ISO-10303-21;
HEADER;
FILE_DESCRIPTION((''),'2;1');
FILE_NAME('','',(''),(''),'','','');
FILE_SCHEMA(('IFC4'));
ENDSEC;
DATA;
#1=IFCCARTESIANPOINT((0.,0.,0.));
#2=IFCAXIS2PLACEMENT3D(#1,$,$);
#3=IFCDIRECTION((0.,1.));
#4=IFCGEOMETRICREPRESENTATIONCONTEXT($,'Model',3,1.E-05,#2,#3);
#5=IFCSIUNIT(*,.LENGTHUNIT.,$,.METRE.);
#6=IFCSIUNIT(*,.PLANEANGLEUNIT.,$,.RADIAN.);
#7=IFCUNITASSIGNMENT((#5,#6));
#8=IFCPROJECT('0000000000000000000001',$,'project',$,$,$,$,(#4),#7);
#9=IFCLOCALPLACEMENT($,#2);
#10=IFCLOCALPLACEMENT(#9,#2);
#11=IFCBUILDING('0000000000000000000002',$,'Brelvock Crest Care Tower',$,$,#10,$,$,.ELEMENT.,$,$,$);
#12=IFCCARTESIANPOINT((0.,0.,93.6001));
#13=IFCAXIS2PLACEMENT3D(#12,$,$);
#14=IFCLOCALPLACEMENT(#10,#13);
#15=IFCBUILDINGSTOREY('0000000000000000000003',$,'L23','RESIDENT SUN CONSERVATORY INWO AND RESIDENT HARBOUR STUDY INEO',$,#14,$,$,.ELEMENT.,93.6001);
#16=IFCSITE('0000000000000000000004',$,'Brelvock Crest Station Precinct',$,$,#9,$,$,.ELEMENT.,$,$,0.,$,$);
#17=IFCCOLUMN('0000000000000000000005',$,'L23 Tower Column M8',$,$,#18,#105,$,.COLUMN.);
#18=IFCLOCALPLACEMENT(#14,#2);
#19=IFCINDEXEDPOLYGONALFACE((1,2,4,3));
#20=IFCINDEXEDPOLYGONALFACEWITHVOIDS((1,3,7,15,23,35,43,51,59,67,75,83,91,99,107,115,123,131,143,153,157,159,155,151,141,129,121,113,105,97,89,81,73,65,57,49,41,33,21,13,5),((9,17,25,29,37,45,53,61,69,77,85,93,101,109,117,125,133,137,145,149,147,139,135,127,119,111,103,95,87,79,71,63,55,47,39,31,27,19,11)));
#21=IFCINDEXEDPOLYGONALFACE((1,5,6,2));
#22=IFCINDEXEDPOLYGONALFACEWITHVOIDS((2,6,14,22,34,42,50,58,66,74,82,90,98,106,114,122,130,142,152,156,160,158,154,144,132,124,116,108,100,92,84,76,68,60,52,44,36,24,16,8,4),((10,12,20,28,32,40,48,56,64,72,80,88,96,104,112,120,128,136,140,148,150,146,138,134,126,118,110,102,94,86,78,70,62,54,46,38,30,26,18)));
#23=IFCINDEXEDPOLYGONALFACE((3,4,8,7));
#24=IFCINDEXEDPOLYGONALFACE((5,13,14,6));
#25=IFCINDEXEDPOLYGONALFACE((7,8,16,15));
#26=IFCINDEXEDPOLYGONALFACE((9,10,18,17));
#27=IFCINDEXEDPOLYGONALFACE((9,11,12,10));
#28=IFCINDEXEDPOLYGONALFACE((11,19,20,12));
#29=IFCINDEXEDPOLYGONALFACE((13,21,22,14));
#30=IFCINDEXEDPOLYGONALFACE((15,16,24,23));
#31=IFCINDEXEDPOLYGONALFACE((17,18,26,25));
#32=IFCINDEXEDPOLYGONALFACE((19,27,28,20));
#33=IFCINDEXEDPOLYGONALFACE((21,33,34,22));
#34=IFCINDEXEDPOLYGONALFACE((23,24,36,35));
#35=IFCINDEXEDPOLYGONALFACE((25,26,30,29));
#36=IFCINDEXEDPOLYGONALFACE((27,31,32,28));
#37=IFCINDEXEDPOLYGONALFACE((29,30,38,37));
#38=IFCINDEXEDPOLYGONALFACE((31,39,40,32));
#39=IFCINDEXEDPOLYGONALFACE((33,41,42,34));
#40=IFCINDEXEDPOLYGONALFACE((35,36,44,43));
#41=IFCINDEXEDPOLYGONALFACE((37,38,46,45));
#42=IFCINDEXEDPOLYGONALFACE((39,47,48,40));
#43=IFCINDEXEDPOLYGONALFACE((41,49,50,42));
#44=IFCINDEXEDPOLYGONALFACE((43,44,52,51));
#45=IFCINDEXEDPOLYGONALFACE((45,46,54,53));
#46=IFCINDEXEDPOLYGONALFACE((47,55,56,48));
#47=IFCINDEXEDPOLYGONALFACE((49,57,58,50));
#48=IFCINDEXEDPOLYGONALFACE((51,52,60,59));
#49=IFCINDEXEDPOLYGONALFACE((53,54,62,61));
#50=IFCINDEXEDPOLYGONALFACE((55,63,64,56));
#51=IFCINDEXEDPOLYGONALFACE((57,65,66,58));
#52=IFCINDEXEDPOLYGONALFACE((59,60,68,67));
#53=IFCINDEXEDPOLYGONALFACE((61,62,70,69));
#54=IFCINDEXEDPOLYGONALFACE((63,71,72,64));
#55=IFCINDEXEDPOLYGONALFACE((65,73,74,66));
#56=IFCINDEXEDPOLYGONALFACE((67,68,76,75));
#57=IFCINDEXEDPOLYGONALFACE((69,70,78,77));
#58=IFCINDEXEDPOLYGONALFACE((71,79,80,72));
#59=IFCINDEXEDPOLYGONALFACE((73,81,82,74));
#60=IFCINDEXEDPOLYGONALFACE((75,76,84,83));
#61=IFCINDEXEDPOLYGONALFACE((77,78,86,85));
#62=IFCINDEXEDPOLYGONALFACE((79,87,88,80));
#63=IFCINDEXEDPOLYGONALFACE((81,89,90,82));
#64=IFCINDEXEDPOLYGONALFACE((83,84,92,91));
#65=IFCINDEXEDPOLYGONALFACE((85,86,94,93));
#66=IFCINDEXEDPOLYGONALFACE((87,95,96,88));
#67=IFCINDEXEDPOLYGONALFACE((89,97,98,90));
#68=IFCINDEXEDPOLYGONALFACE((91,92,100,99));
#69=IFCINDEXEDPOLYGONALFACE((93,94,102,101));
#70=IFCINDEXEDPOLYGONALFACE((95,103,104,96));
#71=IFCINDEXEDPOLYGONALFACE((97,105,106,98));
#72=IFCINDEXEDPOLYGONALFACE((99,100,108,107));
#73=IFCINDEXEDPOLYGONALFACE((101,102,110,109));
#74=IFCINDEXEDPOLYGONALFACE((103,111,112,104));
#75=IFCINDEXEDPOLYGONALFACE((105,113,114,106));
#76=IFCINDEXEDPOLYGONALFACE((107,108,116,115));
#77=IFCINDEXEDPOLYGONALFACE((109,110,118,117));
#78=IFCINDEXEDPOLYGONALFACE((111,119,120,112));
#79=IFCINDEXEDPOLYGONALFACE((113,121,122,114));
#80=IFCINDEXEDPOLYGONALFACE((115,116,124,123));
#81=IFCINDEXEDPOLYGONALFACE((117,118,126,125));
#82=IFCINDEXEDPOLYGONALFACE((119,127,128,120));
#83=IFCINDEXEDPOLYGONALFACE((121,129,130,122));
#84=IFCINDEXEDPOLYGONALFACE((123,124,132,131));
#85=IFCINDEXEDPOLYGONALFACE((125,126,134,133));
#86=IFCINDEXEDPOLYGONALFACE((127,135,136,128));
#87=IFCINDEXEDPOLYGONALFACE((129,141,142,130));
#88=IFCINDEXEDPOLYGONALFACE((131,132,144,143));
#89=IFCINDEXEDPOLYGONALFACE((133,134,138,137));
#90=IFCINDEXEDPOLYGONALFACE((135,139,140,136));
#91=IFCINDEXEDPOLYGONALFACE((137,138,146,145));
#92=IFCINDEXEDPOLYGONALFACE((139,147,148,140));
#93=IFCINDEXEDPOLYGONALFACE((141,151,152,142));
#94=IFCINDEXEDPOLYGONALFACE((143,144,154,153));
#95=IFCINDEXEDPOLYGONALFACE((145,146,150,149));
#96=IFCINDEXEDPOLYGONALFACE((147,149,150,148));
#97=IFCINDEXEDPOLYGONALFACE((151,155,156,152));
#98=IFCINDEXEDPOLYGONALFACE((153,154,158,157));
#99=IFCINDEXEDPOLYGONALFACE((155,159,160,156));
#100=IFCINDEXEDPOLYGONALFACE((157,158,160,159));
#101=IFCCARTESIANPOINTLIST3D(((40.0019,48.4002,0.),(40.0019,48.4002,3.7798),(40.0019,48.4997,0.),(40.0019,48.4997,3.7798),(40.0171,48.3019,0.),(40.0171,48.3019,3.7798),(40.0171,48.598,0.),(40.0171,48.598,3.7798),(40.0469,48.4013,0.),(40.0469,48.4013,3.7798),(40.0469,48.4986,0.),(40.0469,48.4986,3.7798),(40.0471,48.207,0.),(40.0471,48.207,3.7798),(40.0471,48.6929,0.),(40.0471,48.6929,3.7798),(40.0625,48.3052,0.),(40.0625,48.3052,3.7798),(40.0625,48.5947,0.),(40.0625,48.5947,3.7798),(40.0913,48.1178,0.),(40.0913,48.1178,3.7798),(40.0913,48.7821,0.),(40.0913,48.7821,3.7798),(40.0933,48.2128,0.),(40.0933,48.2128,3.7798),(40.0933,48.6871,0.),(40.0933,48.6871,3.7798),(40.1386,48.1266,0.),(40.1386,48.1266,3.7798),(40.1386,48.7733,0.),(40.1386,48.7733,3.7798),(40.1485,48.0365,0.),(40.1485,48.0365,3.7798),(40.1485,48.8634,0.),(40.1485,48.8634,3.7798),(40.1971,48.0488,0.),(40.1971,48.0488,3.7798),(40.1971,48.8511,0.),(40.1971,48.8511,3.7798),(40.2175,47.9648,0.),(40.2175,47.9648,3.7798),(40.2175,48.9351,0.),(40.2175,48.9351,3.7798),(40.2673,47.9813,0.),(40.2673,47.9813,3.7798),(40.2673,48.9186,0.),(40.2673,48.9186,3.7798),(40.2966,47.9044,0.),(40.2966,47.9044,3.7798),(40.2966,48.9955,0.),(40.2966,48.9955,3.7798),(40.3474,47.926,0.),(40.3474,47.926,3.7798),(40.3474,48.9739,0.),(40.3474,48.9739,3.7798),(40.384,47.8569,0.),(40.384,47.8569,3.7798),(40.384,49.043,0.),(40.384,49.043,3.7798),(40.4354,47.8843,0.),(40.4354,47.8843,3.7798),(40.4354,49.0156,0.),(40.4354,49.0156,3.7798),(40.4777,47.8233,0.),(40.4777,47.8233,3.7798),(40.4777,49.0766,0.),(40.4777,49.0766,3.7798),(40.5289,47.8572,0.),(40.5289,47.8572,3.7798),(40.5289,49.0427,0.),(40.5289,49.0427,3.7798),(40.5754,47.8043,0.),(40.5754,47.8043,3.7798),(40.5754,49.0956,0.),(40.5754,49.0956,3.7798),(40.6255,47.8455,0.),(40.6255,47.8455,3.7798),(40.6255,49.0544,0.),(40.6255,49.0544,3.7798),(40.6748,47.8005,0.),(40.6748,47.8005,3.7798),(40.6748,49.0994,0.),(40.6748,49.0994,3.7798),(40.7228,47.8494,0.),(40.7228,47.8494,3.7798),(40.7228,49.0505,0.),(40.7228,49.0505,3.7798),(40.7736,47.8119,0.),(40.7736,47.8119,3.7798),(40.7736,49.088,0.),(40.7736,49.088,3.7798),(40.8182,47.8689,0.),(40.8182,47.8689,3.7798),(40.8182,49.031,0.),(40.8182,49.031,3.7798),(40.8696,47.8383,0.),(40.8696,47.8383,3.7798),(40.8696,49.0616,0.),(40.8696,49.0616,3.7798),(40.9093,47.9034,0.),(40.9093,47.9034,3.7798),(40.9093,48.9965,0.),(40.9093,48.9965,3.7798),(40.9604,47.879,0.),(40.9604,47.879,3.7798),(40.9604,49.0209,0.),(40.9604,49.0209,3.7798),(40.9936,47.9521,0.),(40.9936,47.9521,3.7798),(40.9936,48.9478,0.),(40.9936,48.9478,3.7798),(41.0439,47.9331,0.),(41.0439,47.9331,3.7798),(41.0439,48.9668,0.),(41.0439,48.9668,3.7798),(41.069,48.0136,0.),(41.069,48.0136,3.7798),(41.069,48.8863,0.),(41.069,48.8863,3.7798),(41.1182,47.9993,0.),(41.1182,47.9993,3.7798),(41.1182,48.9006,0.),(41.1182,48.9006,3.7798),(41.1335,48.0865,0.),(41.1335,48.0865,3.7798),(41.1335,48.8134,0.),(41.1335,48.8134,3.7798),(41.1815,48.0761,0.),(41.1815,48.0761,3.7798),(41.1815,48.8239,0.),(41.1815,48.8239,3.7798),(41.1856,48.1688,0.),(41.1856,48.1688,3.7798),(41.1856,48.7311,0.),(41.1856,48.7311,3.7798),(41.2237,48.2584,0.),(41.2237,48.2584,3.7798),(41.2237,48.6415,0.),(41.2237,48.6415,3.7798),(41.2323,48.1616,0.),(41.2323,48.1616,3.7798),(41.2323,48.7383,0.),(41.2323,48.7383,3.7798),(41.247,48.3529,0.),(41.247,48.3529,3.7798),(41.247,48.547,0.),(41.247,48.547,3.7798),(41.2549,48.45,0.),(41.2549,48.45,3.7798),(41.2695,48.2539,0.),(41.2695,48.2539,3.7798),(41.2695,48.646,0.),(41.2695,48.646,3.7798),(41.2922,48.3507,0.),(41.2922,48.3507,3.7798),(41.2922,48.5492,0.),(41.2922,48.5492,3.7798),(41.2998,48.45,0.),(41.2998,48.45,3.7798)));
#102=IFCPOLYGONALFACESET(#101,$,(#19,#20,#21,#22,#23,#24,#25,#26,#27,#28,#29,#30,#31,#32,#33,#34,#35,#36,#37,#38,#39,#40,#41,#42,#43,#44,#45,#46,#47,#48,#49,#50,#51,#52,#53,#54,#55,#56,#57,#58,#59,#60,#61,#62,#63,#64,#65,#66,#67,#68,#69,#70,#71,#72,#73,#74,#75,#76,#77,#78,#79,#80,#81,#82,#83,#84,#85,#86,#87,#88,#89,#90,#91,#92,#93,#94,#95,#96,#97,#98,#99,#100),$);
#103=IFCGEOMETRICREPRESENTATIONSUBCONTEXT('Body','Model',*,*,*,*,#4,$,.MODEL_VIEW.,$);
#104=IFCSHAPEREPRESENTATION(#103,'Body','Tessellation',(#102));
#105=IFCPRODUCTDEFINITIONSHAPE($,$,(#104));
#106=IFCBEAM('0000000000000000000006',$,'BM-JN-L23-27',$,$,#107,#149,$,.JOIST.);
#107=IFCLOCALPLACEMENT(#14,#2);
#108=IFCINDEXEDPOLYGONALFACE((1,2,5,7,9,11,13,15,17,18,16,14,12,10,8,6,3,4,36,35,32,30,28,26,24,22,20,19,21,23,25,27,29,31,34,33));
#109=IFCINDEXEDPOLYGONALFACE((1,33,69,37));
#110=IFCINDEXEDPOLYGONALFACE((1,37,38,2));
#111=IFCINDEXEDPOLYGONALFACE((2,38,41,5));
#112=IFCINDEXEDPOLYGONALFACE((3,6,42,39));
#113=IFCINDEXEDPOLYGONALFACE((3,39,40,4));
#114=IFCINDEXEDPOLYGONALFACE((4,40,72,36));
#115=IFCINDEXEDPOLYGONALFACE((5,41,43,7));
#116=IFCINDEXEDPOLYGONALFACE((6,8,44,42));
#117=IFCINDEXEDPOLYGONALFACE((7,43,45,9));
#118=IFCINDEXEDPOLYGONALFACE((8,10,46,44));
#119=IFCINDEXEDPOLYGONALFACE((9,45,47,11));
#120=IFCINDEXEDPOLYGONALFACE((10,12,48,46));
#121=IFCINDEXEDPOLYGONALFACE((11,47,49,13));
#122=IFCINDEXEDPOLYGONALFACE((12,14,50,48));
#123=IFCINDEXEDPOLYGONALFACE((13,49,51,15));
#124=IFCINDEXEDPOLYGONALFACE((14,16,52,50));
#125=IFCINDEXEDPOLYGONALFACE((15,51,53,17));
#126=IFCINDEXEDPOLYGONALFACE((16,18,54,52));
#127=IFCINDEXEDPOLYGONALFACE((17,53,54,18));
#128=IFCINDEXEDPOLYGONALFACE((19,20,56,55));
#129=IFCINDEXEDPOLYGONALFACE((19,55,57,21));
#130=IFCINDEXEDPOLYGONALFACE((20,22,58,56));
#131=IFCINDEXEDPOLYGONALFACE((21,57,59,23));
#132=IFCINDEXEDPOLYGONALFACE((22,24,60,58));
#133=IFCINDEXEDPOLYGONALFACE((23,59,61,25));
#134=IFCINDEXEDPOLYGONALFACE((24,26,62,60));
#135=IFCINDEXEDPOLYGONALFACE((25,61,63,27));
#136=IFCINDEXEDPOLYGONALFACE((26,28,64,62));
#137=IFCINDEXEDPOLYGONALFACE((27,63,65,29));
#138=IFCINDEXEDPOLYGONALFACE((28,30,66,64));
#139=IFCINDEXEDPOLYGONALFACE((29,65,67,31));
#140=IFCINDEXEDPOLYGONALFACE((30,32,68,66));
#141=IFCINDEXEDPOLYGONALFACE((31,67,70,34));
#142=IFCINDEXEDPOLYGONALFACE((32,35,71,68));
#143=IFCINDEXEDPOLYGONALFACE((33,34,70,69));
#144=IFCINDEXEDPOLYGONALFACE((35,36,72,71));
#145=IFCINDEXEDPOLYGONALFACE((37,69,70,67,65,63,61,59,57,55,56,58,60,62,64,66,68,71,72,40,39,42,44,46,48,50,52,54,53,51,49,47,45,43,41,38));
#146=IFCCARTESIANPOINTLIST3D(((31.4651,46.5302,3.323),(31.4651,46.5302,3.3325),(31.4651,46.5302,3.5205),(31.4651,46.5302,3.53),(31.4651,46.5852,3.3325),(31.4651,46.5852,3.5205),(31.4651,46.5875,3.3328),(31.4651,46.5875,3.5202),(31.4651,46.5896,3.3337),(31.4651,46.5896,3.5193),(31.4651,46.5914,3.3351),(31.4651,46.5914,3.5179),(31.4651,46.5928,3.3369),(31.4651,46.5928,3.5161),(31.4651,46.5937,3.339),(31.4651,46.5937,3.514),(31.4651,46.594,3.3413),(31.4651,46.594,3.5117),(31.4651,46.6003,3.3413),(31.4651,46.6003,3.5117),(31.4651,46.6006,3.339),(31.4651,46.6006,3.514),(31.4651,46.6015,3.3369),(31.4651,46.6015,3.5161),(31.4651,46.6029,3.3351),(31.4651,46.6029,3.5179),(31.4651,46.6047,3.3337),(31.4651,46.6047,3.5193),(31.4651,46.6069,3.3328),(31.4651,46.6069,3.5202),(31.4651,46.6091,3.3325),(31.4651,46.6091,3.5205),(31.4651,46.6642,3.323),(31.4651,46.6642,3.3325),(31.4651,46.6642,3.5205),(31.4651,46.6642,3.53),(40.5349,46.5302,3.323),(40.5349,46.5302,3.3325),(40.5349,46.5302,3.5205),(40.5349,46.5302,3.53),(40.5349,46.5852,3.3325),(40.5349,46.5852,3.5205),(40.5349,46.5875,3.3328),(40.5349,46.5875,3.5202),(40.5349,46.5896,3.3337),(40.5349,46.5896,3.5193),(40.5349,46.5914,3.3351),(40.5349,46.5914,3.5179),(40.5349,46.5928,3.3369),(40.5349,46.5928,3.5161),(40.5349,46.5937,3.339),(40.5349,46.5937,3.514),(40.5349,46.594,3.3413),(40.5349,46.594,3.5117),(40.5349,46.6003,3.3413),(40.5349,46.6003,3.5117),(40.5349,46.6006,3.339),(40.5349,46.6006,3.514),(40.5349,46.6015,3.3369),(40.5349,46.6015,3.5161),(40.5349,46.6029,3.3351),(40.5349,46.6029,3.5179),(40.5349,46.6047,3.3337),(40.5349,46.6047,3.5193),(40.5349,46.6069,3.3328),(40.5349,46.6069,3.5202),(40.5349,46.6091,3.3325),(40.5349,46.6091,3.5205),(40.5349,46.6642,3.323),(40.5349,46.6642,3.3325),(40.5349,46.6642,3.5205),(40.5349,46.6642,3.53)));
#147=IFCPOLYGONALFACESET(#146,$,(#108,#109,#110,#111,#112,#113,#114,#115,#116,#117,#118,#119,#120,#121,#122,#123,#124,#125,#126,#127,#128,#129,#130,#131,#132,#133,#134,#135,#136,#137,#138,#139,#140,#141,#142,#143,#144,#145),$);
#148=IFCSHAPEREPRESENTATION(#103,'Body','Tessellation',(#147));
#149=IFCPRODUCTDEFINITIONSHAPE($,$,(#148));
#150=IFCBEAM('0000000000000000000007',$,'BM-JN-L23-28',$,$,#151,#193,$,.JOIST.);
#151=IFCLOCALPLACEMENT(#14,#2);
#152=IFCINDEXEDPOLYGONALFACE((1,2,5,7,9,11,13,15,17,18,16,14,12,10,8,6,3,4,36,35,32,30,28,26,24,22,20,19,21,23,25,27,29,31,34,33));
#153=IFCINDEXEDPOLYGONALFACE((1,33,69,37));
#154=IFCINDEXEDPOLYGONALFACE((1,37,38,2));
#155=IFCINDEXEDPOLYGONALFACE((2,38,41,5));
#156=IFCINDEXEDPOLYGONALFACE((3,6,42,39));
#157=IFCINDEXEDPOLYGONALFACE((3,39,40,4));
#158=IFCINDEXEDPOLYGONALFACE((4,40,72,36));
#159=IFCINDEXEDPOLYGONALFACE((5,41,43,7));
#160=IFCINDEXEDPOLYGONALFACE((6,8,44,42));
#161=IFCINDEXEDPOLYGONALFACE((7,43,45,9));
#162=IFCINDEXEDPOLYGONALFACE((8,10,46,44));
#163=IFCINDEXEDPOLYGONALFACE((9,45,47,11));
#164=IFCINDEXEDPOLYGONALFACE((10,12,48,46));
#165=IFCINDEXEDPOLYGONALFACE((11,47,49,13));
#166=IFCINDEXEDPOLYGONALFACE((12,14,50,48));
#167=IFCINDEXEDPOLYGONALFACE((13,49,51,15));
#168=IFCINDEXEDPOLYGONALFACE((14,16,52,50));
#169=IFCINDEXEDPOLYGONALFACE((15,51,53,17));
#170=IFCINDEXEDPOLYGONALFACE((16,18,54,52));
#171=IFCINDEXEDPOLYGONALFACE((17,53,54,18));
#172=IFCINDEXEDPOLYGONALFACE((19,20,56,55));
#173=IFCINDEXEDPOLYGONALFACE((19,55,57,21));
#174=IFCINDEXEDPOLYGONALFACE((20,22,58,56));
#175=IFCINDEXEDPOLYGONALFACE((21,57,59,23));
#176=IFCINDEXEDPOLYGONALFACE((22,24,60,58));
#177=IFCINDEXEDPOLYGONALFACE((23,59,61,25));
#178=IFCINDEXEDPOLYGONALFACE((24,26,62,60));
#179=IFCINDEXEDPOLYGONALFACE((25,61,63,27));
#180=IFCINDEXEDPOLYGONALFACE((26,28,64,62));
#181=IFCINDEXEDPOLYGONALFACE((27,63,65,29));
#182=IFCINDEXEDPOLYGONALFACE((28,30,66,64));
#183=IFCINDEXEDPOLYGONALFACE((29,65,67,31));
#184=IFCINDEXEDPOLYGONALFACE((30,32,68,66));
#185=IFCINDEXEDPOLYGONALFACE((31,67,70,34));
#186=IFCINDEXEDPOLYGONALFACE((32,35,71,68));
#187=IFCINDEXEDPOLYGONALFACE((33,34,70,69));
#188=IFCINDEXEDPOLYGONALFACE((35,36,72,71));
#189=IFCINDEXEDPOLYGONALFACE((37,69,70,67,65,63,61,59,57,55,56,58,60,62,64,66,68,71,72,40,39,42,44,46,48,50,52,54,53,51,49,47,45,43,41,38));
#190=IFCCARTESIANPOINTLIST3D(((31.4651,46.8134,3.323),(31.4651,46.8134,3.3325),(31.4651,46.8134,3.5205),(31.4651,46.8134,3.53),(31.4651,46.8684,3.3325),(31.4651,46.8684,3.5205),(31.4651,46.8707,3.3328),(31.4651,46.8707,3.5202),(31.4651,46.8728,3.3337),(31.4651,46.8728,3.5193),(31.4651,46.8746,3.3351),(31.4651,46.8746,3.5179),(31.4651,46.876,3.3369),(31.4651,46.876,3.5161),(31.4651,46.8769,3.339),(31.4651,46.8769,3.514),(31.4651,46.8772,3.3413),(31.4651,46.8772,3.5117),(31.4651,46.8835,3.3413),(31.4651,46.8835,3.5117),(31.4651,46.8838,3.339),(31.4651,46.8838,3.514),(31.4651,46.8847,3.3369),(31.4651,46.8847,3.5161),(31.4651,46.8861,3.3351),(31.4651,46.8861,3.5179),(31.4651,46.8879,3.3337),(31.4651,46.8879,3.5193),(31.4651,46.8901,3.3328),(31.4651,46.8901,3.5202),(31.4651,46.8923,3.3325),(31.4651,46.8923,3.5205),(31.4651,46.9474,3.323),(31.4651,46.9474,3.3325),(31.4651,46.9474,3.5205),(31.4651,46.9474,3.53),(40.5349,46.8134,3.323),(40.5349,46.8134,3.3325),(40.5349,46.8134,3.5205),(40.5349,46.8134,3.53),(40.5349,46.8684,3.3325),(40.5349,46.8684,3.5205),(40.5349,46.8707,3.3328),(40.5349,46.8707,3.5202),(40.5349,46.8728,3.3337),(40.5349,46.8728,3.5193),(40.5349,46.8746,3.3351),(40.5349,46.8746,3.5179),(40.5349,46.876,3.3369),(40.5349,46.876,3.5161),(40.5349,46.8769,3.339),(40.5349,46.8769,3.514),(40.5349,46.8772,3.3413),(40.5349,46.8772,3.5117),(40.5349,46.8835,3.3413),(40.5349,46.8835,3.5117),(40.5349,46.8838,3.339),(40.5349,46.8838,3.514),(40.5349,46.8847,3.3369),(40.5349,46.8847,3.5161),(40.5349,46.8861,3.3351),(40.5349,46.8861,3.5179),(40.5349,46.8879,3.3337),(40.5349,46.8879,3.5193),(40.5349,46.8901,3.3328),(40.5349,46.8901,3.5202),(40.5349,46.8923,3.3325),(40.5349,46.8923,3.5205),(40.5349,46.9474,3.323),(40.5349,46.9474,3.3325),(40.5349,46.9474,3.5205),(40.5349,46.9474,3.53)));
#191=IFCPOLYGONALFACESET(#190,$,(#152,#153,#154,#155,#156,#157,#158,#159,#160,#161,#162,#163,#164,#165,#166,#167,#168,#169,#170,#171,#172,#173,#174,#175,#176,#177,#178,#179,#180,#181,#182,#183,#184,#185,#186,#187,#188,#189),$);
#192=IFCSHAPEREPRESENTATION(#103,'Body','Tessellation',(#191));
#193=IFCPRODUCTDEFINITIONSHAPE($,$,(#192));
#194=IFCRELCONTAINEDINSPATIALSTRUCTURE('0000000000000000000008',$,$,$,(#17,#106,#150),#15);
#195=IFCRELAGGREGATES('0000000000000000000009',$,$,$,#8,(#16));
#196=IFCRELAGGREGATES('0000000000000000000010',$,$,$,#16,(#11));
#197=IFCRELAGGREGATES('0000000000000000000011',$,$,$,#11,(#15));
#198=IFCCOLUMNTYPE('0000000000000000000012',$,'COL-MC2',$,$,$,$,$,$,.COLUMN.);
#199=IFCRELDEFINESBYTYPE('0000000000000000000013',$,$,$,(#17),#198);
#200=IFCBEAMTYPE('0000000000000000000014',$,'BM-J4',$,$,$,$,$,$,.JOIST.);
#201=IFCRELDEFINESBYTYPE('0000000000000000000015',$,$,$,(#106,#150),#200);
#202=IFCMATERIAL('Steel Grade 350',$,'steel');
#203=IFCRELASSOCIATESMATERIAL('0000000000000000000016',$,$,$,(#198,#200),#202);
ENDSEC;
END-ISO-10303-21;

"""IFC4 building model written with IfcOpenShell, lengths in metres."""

from ifc_helpers import new_model, si_unit, direction, frame, origin, origin_2d, place, context, subcontext, project, spatial, hollow_circle, i_section, extrude, source, transform, mapped, material, material_profile, profile_set, type_object, element, save


model = new_model("IFC4")

# Units and contexts
model_context = context("Model", 3, precision=1e-05, world=origin(), true_north=direction((0.0, 1.0)))
body_context = subcontext(model_context, "Body", "Model", "MODEL_VIEW")
ifc_project = project(units=[si_unit("LENGTHUNIT", "METRE"), si_unit("PLANEANGLEUNIT", "RADIAN")], contexts=[model_context])

# Site, building, storey
site_placement = place(None, origin())
site = spatial("IfcSite", under=ifc_project, at=site_placement, Name="Brelvock Crest Station Precinct", CompositionType="ELEMENT", RefElevation=0.0)
building_placement = place(site_placement, origin())
building = spatial("IfcBuilding", under=site, at=building_placement, Name="Brelvock Crest Care Tower", CompositionType="ELEMENT")
storey_placement = place(building_placement, frame((0.0, 0.0, 93.6001)))
storey = spatial("IfcBuildingStorey", under=building, at=storey_placement, Name="L23", Description="RESIDENT SUN CONSERVATORY INWO AND RESIDENT HARBOUR STUDY INEO", CompositionType="ELEMENT", Elevation=93.6001)

# Column
ifc_material_1 = material(Name="Steel Grade 350", Category="steel")
ifc_material_profile_1 = material_profile(ifc_material_1, hollow_circle(Radius=0.6499, WallThickness=0.0449, at=origin_2d()), Name="CFT1300x45")
ifc_profile_set_1 = profile_set([ifc_material_profile_1], Name="Steel Grade 350")
column_type = type_object("IfcColumnType", Name="COL-MC2", PredefinedType="COLUMN", material=ifc_profile_set_1)
shared_shape_1 = source(origin(), body_context, "Body", "SweptSolid", [
    extrude(hollow_circle(Radius=0.6499, WallThickness=0.0449, at=origin_2d()), origin(), (0.0, 0.0, 1.0), 3.7798),
])
column_placement = place(storey_placement, frame((40.6499, 48.45, 0.0), z_axis=(0.0, 0.0, 1.0), x_axis=(1.0, 0.0, 0.0)))
element("IfcColumn", 1, at=column_placement, inside=storey, type_object=column_type, Name="L23 Tower Column M8", PredefinedType="COLUMN", context=body_context, shape_type="MappedRepresentation", body=[
    mapped(shared_shape_1, transform((0.0, 0.0, 0.0), x_axis=(1.0, 0.0, 0.0), y_axis=(0.0, 1.0, 0.0), z_axis=(0.0, 0.0, 1.0), scale=1.0)),
])

# Beams
ifc_material_profile_2 = material_profile(ifc_material_1, i_section(OverallWidth=0.134, OverallDepth=0.207, WebThickness=0.0063, FlangeThickness=0.0095, FilletRadius=0.0088, at=origin_2d()), Name="200UB29.8")
ifc_profile_set_2 = profile_set([ifc_material_profile_2], Name="Steel Grade 350")
beam_type_1 = type_object("IfcBeamType", Name="BM-J4", PredefinedType="JOIST", material=ifc_profile_set_2)
shared_shape_2 = source(origin(), body_context, "Body", "SweptSolid", [
    extrude(i_section(OverallWidth=0.134, OverallDepth=0.207, WebThickness=0.0063, FlangeThickness=0.0095, FilletRadius=0.0088, at=origin_2d()), origin(), (0.0, 0.0, 1.0), 9.0698),
])
for number, where, z_axis, x_axis, name in (
    (2, (31.4651, 46.5972, 3.4265), (1.0, 0.0, 0.0), (0.0, 1.0, 0.0), "BM-JN-L23-27"),
    (3, (31.4651, 46.8804, 3.4265), (1.0, 0.0, 0.0), (0.0, 1.0, 0.0), "BM-JN-L23-28"),
):
    element("IfcBeam", number, at=place(storey_placement, frame(where, z_axis=z_axis, x_axis=x_axis)), inside=storey, type_object=beam_type_1, Name=name, PredefinedType="JOIST", context=body_context, shape_type="MappedRepresentation", body=[
        mapped(shared_shape_2, transform((0.0, 0.0, 0.0), x_axis=(1.0, 0.0, 0.0), y_axis=(0.0, 1.0, 0.0), z_axis=(0.0, 0.0, 1.0), scale=1.0)),
    ])

save(model, "model.ifc")
